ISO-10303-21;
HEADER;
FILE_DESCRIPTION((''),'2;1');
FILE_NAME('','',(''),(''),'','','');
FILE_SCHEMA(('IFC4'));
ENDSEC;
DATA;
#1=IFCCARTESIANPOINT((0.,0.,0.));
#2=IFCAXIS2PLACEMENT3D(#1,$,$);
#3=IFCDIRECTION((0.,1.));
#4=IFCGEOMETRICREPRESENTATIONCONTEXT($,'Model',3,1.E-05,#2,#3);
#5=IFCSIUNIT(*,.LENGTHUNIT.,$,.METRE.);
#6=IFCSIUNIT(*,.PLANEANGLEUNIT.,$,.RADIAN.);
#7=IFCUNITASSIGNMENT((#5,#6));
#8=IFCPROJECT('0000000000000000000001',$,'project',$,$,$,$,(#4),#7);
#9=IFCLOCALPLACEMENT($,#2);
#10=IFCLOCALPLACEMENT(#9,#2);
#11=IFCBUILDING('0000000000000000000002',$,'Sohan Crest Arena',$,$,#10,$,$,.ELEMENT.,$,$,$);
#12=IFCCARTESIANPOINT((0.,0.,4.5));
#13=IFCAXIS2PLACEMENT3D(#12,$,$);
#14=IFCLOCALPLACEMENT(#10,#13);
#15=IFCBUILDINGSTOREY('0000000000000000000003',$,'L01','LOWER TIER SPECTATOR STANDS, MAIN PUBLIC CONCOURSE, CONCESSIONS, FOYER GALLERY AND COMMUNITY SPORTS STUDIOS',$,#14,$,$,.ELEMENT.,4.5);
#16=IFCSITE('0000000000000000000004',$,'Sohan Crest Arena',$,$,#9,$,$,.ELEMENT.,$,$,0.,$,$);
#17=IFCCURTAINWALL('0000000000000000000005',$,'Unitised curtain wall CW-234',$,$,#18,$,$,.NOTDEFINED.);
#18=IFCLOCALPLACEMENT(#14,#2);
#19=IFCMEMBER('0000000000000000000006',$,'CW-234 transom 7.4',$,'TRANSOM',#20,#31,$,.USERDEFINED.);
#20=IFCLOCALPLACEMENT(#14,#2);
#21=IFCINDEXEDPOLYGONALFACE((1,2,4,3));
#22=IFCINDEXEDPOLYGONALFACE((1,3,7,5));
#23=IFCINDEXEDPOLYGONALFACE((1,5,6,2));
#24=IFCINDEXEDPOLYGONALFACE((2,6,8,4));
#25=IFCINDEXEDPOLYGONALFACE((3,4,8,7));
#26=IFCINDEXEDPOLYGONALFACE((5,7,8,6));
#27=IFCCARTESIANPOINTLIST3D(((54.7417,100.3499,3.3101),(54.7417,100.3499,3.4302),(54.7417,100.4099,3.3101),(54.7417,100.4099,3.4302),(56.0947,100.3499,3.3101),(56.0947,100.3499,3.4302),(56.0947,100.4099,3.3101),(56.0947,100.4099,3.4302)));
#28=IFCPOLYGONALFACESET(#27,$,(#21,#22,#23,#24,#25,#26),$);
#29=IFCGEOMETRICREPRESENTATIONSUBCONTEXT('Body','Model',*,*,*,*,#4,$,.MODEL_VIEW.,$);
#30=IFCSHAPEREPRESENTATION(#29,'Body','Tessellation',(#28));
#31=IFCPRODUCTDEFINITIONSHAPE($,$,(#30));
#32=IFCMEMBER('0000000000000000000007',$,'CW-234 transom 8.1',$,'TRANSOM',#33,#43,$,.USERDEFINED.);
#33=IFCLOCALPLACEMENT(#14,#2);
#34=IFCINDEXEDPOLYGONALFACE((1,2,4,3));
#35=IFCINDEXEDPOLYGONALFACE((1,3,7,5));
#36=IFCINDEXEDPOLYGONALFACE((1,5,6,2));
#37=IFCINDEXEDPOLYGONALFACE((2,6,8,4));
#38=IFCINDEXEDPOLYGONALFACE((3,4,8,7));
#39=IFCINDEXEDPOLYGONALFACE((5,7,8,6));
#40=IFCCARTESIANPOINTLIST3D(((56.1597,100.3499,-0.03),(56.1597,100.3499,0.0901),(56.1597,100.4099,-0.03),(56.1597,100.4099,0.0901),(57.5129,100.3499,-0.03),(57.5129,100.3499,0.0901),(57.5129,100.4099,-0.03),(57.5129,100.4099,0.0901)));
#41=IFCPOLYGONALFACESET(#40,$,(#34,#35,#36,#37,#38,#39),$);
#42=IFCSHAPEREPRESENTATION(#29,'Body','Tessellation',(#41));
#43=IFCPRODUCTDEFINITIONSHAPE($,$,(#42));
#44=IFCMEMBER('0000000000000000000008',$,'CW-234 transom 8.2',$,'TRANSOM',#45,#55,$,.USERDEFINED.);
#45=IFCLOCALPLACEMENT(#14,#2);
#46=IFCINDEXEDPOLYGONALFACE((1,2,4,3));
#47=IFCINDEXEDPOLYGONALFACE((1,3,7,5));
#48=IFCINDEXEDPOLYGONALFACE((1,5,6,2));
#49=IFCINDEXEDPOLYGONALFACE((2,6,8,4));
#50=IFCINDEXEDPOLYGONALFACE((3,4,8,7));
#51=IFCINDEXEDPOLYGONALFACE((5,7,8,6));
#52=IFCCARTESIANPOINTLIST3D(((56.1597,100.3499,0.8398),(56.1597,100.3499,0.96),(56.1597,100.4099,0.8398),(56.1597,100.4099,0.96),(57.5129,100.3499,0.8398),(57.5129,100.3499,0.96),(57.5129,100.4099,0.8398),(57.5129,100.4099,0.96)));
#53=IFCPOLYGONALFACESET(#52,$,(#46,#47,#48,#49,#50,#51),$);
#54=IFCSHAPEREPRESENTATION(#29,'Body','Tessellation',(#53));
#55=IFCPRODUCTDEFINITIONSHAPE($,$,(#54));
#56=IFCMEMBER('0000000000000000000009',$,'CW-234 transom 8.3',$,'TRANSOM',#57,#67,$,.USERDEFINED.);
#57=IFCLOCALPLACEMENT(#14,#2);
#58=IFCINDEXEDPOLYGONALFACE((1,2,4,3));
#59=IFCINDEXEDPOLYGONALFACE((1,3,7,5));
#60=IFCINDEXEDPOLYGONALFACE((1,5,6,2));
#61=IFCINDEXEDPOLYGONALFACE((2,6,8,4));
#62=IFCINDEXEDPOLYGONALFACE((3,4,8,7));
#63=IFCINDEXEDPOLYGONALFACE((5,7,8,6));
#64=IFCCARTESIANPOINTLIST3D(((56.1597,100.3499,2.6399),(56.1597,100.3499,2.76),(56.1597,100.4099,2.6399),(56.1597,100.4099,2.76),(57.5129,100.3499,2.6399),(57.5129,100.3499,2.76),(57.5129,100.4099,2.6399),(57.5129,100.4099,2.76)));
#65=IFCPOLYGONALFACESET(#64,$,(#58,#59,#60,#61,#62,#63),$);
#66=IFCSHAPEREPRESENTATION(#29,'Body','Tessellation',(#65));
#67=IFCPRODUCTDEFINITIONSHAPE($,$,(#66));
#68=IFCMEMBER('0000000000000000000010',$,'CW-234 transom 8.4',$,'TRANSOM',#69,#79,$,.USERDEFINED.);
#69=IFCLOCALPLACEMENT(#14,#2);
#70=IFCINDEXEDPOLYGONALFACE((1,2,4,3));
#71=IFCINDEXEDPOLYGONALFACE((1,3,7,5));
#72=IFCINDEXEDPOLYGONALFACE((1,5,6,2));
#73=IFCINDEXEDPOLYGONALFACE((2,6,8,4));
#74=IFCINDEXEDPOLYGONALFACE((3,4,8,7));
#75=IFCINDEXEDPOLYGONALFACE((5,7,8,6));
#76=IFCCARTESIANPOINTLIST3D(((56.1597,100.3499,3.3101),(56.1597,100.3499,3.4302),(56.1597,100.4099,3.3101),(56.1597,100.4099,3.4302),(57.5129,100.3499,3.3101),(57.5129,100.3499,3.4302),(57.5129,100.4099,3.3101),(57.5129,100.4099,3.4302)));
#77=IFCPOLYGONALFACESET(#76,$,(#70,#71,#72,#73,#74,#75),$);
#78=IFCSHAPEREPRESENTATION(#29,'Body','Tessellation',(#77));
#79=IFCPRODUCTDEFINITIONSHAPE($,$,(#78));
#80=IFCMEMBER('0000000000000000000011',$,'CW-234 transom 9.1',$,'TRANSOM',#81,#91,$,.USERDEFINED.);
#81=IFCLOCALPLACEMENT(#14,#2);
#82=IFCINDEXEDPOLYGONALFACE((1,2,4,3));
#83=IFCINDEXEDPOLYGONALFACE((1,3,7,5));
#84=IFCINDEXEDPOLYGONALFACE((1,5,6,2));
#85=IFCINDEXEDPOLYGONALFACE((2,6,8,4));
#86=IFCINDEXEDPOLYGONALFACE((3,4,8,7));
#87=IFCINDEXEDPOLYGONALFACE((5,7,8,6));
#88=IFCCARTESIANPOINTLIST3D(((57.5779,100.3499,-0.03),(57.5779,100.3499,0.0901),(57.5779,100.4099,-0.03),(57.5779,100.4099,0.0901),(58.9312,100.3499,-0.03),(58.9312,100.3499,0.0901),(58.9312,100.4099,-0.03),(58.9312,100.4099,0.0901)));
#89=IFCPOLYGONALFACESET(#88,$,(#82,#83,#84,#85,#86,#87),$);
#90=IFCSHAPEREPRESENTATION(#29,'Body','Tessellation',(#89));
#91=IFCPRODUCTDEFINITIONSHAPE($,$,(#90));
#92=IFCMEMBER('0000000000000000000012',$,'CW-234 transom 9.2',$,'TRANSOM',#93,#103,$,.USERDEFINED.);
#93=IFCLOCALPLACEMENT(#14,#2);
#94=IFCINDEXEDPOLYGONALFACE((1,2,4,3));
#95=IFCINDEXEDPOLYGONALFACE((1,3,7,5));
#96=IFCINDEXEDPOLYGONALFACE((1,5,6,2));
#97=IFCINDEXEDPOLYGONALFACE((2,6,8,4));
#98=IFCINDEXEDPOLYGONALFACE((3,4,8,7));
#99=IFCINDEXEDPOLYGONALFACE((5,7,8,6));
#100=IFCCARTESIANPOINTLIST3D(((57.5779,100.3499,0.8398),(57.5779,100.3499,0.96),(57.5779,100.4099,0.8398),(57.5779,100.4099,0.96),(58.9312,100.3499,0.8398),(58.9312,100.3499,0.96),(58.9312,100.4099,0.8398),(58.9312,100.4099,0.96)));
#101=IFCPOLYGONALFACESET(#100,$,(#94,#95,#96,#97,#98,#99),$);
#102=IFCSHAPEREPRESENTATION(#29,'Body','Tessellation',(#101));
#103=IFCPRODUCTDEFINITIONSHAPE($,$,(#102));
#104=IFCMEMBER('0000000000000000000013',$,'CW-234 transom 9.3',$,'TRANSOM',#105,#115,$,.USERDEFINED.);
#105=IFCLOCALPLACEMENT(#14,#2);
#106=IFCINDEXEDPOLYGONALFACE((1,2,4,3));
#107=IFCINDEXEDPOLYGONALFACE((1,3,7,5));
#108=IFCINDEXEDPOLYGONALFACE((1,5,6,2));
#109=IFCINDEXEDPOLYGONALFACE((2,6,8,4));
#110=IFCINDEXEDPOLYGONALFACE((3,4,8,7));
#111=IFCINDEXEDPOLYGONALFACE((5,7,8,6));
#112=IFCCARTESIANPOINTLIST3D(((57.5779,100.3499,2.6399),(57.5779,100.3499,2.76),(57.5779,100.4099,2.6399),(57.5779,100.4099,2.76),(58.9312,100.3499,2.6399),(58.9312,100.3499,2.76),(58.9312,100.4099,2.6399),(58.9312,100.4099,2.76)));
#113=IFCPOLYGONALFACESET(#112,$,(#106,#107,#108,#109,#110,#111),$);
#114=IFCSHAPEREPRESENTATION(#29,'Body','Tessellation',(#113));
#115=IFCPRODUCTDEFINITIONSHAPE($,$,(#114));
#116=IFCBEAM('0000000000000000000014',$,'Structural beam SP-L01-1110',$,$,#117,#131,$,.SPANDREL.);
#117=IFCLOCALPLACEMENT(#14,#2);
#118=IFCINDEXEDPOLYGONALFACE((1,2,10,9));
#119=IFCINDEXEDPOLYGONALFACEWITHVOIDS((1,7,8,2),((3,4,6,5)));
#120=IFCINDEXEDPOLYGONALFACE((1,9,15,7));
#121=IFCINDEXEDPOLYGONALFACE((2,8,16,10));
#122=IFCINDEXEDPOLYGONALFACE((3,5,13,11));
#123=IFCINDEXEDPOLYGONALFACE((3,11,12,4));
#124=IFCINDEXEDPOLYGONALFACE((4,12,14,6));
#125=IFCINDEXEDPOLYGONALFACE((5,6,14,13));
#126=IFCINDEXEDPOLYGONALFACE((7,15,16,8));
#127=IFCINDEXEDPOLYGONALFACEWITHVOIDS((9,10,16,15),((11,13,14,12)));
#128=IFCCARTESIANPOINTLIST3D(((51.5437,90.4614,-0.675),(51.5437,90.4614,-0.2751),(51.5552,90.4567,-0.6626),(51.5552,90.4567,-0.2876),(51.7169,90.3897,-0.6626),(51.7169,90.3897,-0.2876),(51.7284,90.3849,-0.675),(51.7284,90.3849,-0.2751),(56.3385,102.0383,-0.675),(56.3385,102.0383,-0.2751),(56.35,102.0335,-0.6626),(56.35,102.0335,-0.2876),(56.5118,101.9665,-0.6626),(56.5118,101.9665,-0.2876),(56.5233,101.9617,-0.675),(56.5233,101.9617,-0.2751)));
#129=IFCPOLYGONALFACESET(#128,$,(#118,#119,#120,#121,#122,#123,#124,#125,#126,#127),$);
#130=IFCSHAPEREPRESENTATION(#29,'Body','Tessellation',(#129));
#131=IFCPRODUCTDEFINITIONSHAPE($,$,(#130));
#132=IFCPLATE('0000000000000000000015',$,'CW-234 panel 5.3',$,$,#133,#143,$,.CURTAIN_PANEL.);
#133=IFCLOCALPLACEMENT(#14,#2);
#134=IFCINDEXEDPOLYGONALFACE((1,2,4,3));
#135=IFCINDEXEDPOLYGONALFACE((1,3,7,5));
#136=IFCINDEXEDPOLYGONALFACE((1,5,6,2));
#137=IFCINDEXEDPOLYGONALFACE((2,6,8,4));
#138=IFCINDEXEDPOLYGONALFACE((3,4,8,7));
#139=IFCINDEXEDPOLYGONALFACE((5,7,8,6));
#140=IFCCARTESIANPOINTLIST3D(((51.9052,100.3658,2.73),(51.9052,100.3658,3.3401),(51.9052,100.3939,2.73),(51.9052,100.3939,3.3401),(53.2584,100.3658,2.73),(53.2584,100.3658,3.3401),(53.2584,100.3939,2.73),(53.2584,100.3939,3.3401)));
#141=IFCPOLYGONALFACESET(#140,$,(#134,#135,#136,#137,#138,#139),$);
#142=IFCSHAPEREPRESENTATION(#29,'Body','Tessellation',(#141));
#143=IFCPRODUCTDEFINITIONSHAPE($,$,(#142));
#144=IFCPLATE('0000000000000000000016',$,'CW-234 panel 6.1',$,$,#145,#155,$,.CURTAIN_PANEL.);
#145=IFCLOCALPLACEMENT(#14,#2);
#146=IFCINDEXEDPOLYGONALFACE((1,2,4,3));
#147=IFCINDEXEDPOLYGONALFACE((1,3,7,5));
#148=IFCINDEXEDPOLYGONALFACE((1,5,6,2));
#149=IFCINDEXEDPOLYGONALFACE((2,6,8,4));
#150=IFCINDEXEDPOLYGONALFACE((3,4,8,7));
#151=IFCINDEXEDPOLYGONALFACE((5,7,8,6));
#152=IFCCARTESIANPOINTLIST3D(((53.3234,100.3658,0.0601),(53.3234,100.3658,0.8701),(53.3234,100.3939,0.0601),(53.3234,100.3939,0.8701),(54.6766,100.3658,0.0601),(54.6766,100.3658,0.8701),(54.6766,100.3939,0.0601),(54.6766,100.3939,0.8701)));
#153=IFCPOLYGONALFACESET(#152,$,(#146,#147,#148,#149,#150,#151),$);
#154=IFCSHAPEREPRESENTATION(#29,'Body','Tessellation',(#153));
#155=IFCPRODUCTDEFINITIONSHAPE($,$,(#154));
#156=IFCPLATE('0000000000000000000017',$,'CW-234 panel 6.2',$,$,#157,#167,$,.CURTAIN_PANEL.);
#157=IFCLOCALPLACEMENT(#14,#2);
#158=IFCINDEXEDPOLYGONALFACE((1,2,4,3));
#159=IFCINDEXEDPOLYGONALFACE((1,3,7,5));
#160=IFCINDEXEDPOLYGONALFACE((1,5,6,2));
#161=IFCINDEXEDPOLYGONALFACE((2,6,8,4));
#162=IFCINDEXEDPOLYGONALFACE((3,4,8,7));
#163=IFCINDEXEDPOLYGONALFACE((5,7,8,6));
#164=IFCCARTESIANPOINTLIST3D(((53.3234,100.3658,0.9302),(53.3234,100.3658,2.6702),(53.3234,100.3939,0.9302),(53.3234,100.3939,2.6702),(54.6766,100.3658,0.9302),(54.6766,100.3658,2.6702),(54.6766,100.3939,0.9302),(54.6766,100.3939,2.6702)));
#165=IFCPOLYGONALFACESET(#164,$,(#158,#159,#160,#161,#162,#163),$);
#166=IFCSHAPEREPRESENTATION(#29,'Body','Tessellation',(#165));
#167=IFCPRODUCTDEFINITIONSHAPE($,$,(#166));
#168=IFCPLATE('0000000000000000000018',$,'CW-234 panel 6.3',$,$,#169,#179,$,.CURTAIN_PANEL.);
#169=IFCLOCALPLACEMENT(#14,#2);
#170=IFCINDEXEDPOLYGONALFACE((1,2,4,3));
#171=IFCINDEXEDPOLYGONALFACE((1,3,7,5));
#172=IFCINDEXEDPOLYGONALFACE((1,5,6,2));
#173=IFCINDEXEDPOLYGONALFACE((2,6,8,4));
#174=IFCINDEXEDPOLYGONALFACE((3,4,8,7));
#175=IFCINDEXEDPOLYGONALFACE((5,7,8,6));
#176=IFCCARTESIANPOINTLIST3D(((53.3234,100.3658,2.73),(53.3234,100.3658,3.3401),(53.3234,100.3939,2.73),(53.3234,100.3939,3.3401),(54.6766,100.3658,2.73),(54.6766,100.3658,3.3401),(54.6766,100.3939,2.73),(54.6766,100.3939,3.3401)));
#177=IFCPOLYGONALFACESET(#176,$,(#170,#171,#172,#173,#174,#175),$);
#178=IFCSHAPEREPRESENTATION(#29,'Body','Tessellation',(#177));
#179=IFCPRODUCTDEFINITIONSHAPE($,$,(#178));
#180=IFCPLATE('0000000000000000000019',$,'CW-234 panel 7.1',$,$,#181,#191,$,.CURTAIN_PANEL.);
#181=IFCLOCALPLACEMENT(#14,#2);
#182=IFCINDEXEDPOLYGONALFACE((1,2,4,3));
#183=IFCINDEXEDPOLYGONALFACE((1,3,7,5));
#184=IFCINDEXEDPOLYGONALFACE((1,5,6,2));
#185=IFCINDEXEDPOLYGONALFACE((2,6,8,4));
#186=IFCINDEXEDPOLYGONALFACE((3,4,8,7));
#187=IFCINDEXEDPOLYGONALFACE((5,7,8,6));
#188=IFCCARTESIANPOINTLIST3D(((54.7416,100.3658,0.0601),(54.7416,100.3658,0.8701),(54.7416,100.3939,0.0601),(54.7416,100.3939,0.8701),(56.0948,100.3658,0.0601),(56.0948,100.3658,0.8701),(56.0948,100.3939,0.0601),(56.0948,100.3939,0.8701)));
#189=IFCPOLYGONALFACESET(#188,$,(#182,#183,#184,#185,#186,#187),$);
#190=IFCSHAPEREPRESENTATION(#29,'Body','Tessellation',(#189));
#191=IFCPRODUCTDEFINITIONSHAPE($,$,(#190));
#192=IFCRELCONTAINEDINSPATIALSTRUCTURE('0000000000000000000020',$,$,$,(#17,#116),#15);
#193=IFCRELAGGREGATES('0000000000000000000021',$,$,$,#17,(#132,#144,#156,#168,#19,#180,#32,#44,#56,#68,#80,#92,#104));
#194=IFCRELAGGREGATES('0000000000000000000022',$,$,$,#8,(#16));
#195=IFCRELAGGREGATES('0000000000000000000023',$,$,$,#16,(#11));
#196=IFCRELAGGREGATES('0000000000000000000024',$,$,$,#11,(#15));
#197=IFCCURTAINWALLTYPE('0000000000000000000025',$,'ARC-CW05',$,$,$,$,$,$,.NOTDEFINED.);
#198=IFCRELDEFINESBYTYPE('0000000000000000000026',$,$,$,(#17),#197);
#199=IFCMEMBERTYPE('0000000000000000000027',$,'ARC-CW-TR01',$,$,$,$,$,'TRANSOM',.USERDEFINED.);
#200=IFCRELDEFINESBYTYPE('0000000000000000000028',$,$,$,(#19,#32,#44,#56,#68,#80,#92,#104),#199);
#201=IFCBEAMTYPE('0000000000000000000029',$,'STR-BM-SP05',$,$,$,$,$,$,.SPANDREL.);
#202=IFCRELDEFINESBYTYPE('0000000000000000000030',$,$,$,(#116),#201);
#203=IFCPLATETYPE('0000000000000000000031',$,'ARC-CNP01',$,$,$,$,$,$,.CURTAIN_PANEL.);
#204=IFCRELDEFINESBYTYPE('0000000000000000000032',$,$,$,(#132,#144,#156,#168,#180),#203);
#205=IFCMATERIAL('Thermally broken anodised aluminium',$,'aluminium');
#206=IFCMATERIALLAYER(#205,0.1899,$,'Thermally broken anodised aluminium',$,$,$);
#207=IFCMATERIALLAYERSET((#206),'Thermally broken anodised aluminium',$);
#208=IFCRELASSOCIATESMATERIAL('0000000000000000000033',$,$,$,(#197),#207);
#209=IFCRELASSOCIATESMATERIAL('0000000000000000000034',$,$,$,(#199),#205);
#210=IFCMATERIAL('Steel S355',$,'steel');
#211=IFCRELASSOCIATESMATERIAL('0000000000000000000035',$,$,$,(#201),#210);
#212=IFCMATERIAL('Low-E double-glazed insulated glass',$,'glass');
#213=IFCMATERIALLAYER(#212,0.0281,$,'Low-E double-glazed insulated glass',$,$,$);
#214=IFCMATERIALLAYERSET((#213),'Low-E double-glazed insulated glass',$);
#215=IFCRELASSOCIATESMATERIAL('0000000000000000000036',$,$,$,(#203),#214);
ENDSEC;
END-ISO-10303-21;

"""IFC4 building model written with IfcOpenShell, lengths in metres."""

from ifc_helpers import new_model, si_unit, direction, frame, origin, origin_2d, place, context, subcontext, project, spatial, rectangle, hollow_rectangle, extrude, material, layer, layer_set, material_profile, profile_set, type_object, element, aggregate, save


model = new_model("IFC4")

# Units and contexts
model_context = context("Model", 3, precision=1e-05, world=origin(), true_north=direction((0.0, 1.0)))
body_context = subcontext(model_context, "Body", "Model", "MODEL_VIEW")
ifc_project = project(units=[si_unit("LENGTHUNIT", "METRE"), si_unit("PLANEANGLEUNIT", "RADIAN")], contexts=[model_context])

# Site, building, storey
site_placement = place(None, origin())
site = spatial("IfcSite", under=ifc_project, at=site_placement, Name="Sohan Crest Arena", CompositionType="ELEMENT", RefElevation=0.0)
building_placement = place(site_placement, origin())
building = spatial("IfcBuilding", under=site, at=building_placement, Name="Sohan Crest Arena", CompositionType="ELEMENT")
storey_placement = place(building_placement, frame((0.0, 0.0, 4.5)))
storey = spatial("IfcBuildingStorey", under=building, at=storey_placement, Name="L01", Description="LOWER TIER SPECTATOR STANDS, MAIN PUBLIC CONCOURSE, CONCESSIONS, FOYER GALLERY AND COMMUNITY SPORTS STUDIOS", CompositionType="ELEMENT", Elevation=4.5)

# Shared definitions
ifc_material_1 = material(Name="Steel S355", Category="steel")

# Curtain wall
ifc_material_2 = material(Name="Thermally broken anodised aluminium", Category="aluminium")
ifc_layer_1 = layer(ifc_material_2, 0.1899, Name="Thermally broken anodised aluminium")
ifc_layer_set_1 = layer_set([ifc_layer_1], Name="Thermally broken anodised aluminium")
curtain_wall_type_1 = type_object("IfcCurtainWallType", Name="ARC-CW05", PredefinedType="NOTDEFINED", material=ifc_layer_set_1)
curtain_wall_1_placement = place(storey_placement, origin())
curtain_wall_1 = element("IfcCurtainWall", 1, at=curtain_wall_1_placement, inside=storey, type_object=curtain_wall_type_1, Name="Unitised curtain wall CW-234", PredefinedType="NOTDEFINED")

# Members
ifc_material_profile_1 = material_profile(ifc_material_2, rectangle(XDim=0.0601, YDim=0.1201, at=origin_2d()), Name="ALU-TRAN 60x120")
ifc_profile_set_1 = profile_set([ifc_material_profile_1], Name="Thermally broken anodised aluminium")
member_type_1 = type_object("IfcMemberType", Name="ARC-CW-TR01", ElementType="TRANSOM", PredefinedType="USERDEFINED", material=ifc_profile_set_1)
member_1_placement = place(storey_placement, frame((54.7417, 100.3799, 3.3701), z_axis=(1.0, 0.0, 0.0), x_axis=(0.0, 1.0, 0.0)))
member_1 = element("IfcMember", 2, at=member_1_placement, type_object=member_type_1, Name="CW-234 transom 7.4", ObjectType="TRANSOM", PredefinedType="USERDEFINED", context=body_context, shape_type="SweptSolid", body=[
    extrude(rectangle(XDim=0.0601, YDim=0.1201, at=origin_2d()), origin(), (0.0, 0.0, 1.0), 1.353),
])
member_2_placement = place(storey_placement, frame((56.1597, 100.3799, 0.03), z_axis=(1.0, 0.0, 0.0), x_axis=(0.0, 1.0, 0.0)))
member_2 = element("IfcMember", 3, at=member_2_placement, type_object=member_type_1, Name="CW-234 transom 8.1", ObjectType="TRANSOM", PredefinedType="USERDEFINED", context=body_context, shape_type="SweptSolid", body=[
    extrude(rectangle(XDim=0.0601, YDim=0.1201, at=origin_2d()), origin(), (0.0, 0.0, 1.0), 1.3533),
])
member_3_placement = place(storey_placement, frame((56.1597, 100.3799, 0.8999), z_axis=(1.0, 0.0, 0.0), x_axis=(0.0, 1.0, 0.0)))
member_3 = element("IfcMember", 4, at=member_3_placement, type_object=member_type_1, Name="CW-234 transom 8.2", ObjectType="TRANSOM", PredefinedType="USERDEFINED", context=body_context, shape_type="SweptSolid", body=[
    extrude(rectangle(XDim=0.0601, YDim=0.1201, at=origin_2d()), origin(), (0.0, 0.0, 1.0), 1.3533),
])
member_4_placement = place(storey_placement, frame((56.1597, 100.3799, 2.7), z_axis=(1.0, 0.0, 0.0), x_axis=(0.0, 1.0, 0.0)))
member_4 = element("IfcMember", 5, at=member_4_placement, type_object=member_type_1, Name="CW-234 transom 8.3", ObjectType="TRANSOM", PredefinedType="USERDEFINED", context=body_context, shape_type="SweptSolid", body=[
    extrude(rectangle(XDim=0.0601, YDim=0.1201, at=origin_2d()), origin(), (0.0, 0.0, 1.0), 1.3533),
])
member_5_placement = place(storey_placement, frame((56.1597, 100.3799, 3.3701), z_axis=(1.0, 0.0, 0.0), x_axis=(0.0, 1.0, 0.0)))
member_5 = element("IfcMember", 6, at=member_5_placement, type_object=member_type_1, Name="CW-234 transom 8.4", ObjectType="TRANSOM", PredefinedType="USERDEFINED", context=body_context, shape_type="SweptSolid", body=[
    extrude(rectangle(XDim=0.0601, YDim=0.1201, at=origin_2d()), origin(), (0.0, 0.0, 1.0), 1.3533),
])
member_6_placement = place(storey_placement, frame((57.5779, 100.3799, 0.03), z_axis=(1.0, 0.0, 0.0), x_axis=(0.0, 1.0, 0.0)))
member_6 = element("IfcMember", 7, at=member_6_placement, type_object=member_type_1, Name="CW-234 transom 9.1", ObjectType="TRANSOM", PredefinedType="USERDEFINED", context=body_context, shape_type="SweptSolid", body=[
    extrude(rectangle(XDim=0.0601, YDim=0.1201, at=origin_2d()), origin(), (0.0, 0.0, 1.0), 1.3533),
])
member_7_placement = place(storey_placement, frame((57.5779, 100.3799, 0.8999), z_axis=(1.0, 0.0, 0.0), x_axis=(0.0, 1.0, 0.0)))
member_7 = element("IfcMember", 8, at=member_7_placement, type_object=member_type_1, Name="CW-234 transom 9.2", ObjectType="TRANSOM", PredefinedType="USERDEFINED", context=body_context, shape_type="SweptSolid", body=[
    extrude(rectangle(XDim=0.0601, YDim=0.1201, at=origin_2d()), origin(), (0.0, 0.0, 1.0), 1.3533),
])
member_8_placement = place(storey_placement, frame((57.5779, 100.3799, 2.7), z_axis=(1.0, 0.0, 0.0), x_axis=(0.0, 1.0, 0.0)))
member_8 = element("IfcMember", 9, at=member_8_placement, type_object=member_type_1, Name="CW-234 transom 9.3", ObjectType="TRANSOM", PredefinedType="USERDEFINED", context=body_context, shape_type="SweptSolid", body=[
    extrude(rectangle(XDim=0.0601, YDim=0.1201, at=origin_2d()), origin(), (0.0, 0.0, 1.0), 1.3533),
])

# Beam
ifc_material_profile_2 = material_profile(ifc_material_1, hollow_rectangle(XDim=0.2, YDim=0.3999, WallThickness=0.0125, at=origin_2d()), Name="RHS 400x200x12.5")
ifc_profile_set_2 = profile_set([ifc_material_profile_2], Name="Steel S355")
beam_type = type_object("IfcBeamType", Name="STR-BM-SP05", PredefinedType="SPANDREL", material=ifc_profile_set_2)
beam_placement = place(storey_placement, frame((56.4309, 102.0, -0.4751), z_axis=(-0.382657, -0.923891, 0.0), x_axis=(0.923891, -0.382657, 0.0)))
element("IfcBeam", 10, at=beam_placement, inside=storey, type_object=beam_type, Name="Structural beam SP-L01-1110", PredefinedType="SPANDREL", context=body_context, shape_type="SweptSolid", body=[
    extrude(hollow_rectangle(XDim=0.2, YDim=0.3999, WallThickness=0.0125, at=origin_2d()), origin(), (0.0, 0.0, 1.0), 12.5305),
])

# Plates
ifc_material_3 = material(Name="Low-E double-glazed insulated glass", Category="glass")
ifc_layer_2 = layer(ifc_material_3, 0.0281, Name="Low-E double-glazed insulated glass")
ifc_layer_set_2 = layer_set([ifc_layer_2], Name="Low-E double-glazed insulated glass")
plate_type_1 = type_object("IfcPlateType", Name="ARC-CNP01", PredefinedType="CURTAIN_PANEL", material=ifc_layer_set_2)
plate_1_placement = place(storey_placement, frame((52.5818, 100.3799, 2.73), z_axis=(0.0, 0.0, 1.0), x_axis=(1.0, 0.0, 0.0)))
plate_1 = element("IfcPlate", 11, at=plate_1_placement, type_object=plate_type_1, Name="CW-234 panel 5.3", PredefinedType="CURTAIN_PANEL", context=body_context, shape_type="SweptSolid", body=[
    extrude(rectangle(XDim=1.3533, YDim=0.0281, at=origin_2d()), origin(), (0.0, 0.0, 1.0), 0.6101),
])
plate_2_placement = place(storey_placement, frame((54.0, 100.3799, 0.0601), z_axis=(0.0, 0.0, 1.0), x_axis=(1.0, 0.0, 0.0)))
plate_2 = element("IfcPlate", 12, at=plate_2_placement, type_object=plate_type_1, Name="CW-234 panel 6.1", PredefinedType="CURTAIN_PANEL", context=body_context, shape_type="SweptSolid", body=[
    extrude(rectangle(XDim=1.3533, YDim=0.0281, at=origin_2d()), origin(), (0.0, 0.0, 1.0), 0.8101),
])
plate_3_placement = place(storey_placement, frame((54.0, 100.3799, 0.9302), z_axis=(0.0, 0.0, 1.0), x_axis=(1.0, 0.0, 0.0)))
plate_3 = element("IfcPlate", 13, at=plate_3_placement, type_object=plate_type_1, Name="CW-234 panel 6.2", PredefinedType="CURTAIN_PANEL", context=body_context, shape_type="SweptSolid", body=[
    extrude(rectangle(XDim=1.3533, YDim=0.0281, at=origin_2d()), origin(), (0.0, 0.0, 1.0), 1.74),
])
plate_4_placement = place(storey_placement, frame((54.0, 100.3799, 2.73), z_axis=(0.0, 0.0, 1.0), x_axis=(1.0, 0.0, 0.0)))
plate_4 = element("IfcPlate", 14, at=plate_4_placement, type_object=plate_type_1, Name="CW-234 panel 6.3", PredefinedType="CURTAIN_PANEL", context=body_context, shape_type="SweptSolid", body=[
    extrude(rectangle(XDim=1.3533, YDim=0.0281, at=origin_2d()), origin(), (0.0, 0.0, 1.0), 0.6101),
])
plate_5_placement = place(storey_placement, frame((55.4182, 100.3799, 0.0601), z_axis=(0.0, 0.0, 1.0), x_axis=(1.0, 0.0, 0.0)))
plate_5 = element("IfcPlate", 15, at=plate_5_placement, type_object=plate_type_1, Name="CW-234 panel 7.1", PredefinedType="CURTAIN_PANEL", context=body_context, shape_type="SweptSolid", body=[
    extrude(rectangle(XDim=1.3533, YDim=0.0281, at=origin_2d()), origin(), (0.0, 0.0, 1.0), 0.8101),
])
aggregate(curtain_wall_1, [plate_1, plate_2, plate_3, plate_4, member_1, plate_5, member_2, member_3, member_4, member_5, member_6, member_7, member_8])

save(model, "model.ifc")
